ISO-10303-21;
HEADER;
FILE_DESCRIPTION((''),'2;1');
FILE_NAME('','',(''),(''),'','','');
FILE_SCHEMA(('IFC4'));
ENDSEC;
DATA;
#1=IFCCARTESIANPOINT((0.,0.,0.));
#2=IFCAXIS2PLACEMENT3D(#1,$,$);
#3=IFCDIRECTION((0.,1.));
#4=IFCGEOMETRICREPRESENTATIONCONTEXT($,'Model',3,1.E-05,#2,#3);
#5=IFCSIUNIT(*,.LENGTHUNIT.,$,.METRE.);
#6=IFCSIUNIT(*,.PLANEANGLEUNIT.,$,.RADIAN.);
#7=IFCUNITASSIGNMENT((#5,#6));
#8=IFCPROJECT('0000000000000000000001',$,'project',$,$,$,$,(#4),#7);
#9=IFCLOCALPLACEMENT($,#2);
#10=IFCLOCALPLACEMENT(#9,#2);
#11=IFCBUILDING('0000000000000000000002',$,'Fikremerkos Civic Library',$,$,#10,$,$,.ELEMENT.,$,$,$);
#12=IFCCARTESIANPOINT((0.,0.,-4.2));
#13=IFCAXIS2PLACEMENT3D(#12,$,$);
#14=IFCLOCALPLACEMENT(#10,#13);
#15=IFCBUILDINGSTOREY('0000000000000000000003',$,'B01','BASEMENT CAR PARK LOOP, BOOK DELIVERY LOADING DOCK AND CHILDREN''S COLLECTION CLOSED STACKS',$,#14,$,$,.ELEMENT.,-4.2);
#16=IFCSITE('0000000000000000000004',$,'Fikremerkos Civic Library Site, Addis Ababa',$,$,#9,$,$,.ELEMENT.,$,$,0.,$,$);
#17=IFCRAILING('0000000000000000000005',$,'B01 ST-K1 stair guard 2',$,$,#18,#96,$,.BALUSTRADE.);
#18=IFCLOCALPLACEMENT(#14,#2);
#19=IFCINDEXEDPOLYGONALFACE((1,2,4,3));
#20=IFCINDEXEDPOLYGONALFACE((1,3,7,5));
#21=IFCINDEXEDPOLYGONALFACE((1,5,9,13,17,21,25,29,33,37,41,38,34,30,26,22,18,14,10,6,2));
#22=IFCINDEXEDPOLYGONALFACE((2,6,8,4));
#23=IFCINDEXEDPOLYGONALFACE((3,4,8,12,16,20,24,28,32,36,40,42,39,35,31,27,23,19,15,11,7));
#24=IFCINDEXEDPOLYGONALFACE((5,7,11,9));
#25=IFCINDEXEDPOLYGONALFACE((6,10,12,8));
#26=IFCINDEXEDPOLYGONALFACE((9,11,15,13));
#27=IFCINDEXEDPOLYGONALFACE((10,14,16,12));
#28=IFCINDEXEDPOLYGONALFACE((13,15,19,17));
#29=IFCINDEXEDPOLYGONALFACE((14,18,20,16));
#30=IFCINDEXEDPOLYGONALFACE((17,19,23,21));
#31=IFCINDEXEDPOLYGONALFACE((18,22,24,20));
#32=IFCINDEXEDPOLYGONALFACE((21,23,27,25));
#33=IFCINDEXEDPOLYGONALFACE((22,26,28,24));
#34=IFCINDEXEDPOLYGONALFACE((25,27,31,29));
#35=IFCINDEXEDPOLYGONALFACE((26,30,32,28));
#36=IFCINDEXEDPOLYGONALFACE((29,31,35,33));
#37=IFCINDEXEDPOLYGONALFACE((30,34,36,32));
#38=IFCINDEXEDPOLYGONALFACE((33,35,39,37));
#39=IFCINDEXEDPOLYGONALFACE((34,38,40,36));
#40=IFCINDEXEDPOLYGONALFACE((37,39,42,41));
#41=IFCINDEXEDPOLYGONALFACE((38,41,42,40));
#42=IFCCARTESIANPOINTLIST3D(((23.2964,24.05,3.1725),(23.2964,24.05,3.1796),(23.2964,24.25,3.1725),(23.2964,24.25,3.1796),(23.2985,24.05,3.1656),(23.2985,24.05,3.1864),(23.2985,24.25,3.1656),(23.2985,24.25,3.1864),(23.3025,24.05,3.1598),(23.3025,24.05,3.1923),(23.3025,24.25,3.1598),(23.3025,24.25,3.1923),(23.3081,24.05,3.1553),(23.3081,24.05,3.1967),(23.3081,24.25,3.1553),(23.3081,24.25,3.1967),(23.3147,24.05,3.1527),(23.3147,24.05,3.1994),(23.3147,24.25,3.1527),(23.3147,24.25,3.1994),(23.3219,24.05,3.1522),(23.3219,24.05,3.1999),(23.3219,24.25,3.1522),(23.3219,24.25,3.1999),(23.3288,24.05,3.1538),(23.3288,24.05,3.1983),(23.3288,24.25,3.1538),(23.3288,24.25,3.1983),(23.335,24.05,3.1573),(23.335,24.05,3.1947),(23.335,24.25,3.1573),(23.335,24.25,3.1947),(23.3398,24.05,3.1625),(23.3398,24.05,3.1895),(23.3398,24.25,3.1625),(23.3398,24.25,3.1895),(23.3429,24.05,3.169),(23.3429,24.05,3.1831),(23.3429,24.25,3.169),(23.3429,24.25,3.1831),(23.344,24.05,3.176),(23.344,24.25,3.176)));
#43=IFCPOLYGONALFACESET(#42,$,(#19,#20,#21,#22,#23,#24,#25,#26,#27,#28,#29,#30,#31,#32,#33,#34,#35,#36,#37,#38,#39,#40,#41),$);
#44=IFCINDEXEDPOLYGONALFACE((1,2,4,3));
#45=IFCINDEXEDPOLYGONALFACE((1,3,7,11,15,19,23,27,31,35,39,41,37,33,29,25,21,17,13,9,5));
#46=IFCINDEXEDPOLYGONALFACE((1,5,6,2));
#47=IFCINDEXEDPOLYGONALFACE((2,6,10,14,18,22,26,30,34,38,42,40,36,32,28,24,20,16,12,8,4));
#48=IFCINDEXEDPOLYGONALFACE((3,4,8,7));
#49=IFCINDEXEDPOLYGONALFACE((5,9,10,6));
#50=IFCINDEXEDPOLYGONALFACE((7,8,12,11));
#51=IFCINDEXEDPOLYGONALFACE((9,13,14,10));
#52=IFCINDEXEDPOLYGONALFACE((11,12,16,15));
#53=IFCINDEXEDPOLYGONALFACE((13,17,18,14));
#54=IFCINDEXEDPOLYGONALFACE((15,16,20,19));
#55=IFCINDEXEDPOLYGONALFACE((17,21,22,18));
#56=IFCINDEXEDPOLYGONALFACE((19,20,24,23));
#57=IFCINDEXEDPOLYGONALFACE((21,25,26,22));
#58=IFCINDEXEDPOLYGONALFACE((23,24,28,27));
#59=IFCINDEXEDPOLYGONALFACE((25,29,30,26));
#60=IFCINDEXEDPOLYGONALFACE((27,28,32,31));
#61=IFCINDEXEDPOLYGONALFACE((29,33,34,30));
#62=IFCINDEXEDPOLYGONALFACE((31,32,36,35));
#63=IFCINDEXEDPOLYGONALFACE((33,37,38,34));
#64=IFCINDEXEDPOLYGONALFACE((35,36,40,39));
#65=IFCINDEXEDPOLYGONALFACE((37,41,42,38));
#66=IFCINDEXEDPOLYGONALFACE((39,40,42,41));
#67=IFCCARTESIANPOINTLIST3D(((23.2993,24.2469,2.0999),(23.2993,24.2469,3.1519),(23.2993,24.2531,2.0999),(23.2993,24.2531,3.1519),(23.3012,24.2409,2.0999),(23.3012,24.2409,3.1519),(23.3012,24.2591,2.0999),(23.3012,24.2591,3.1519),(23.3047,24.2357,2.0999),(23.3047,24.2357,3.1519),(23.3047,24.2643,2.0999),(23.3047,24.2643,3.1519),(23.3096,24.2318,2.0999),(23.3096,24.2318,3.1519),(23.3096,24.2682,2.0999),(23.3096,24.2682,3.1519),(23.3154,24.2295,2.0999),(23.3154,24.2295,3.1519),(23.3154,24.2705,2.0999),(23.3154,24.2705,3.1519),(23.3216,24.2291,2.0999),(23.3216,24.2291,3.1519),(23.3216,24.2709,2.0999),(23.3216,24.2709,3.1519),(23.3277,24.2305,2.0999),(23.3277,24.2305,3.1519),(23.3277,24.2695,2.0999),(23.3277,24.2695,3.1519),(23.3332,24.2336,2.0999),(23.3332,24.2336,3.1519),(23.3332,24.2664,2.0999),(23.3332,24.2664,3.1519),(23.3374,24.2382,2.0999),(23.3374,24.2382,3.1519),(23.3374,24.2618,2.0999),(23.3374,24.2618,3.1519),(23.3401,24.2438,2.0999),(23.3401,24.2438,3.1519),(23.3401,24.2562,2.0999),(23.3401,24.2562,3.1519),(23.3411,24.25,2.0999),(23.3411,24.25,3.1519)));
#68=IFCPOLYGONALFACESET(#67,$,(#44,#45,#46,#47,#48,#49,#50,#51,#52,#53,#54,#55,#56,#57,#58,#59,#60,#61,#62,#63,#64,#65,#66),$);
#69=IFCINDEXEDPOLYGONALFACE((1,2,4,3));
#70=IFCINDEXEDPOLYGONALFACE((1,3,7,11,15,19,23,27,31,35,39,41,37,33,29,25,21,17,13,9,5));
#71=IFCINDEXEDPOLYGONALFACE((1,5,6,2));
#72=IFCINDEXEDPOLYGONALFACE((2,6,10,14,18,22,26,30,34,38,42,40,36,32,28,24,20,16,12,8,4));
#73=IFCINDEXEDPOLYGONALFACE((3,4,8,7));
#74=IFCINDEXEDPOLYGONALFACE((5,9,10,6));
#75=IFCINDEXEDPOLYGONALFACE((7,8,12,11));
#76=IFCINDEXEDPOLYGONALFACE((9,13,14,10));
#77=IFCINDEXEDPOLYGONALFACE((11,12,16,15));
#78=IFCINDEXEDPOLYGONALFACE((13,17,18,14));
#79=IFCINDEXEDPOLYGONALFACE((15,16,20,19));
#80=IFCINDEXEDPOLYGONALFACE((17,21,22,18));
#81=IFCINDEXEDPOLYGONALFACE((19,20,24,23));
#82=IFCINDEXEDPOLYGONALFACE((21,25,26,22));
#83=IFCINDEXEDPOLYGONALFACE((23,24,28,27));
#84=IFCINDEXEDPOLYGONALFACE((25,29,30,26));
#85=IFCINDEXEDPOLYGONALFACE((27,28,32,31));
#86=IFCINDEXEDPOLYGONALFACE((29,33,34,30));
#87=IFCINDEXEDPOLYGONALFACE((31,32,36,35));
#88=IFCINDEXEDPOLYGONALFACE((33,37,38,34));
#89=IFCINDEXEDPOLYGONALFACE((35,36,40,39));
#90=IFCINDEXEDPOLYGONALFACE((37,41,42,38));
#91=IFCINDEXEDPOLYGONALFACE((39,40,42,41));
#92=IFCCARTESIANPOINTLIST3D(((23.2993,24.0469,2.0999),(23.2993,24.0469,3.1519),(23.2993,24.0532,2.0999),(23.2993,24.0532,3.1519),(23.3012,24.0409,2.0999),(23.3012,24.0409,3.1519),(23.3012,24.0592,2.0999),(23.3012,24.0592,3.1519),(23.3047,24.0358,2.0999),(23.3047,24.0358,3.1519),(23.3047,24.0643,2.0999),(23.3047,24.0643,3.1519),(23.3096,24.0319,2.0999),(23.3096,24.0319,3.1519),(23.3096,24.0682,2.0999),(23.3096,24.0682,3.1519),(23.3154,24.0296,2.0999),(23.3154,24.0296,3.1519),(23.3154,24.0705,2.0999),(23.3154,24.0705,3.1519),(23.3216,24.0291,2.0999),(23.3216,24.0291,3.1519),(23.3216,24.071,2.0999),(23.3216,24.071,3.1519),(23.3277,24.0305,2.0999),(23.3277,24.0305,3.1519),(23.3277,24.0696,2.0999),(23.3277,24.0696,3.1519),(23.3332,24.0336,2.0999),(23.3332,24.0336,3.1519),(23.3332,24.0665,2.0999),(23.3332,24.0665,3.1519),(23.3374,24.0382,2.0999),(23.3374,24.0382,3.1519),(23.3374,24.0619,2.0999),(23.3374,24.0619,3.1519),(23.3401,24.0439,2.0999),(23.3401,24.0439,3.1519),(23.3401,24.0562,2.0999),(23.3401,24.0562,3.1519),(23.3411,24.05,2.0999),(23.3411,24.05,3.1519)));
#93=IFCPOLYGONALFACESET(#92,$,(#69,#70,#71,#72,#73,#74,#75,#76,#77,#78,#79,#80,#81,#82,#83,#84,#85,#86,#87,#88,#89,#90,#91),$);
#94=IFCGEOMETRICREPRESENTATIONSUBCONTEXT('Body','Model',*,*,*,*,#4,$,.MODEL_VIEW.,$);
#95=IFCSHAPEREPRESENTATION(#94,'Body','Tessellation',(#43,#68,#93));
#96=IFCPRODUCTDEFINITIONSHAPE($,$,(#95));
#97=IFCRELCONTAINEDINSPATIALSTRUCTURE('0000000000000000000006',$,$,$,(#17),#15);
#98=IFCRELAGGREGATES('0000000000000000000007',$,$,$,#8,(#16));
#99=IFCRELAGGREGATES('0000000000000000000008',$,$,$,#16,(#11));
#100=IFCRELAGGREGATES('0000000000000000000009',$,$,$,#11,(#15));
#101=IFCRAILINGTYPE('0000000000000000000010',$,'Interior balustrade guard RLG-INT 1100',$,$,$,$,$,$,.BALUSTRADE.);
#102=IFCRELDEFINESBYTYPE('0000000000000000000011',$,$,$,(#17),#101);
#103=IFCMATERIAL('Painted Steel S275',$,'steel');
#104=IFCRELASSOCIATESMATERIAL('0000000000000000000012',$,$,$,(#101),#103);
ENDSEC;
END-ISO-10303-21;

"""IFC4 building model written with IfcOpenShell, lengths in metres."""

from ifc_helpers import new_model, si_unit, direction, frame, origin, origin_2d, place, context, subcontext, project, spatial, circle, extrude, material, type_object, element, save


model = new_model("IFC4")

# Units and contexts
model_context = context("Model", 3, precision=1e-05, world=origin(), true_north=direction((0.0, 1.0)))
body_context = subcontext(model_context, "Body", "Model", "MODEL_VIEW")
ifc_project = project(units=[si_unit("LENGTHUNIT", "METRE"), si_unit("PLANEANGLEUNIT", "RADIAN")], contexts=[model_context])

# Site, building, storey
site_placement = place(None, origin())
site = spatial("IfcSite", under=ifc_project, at=site_placement, Name="Fikremerkos Civic Library Site, Addis Ababa", CompositionType="ELEMENT", RefElevation=0.0)
building_placement = place(site_placement, origin())
building = spatial("IfcBuilding", under=site, at=building_placement, Name="Fikremerkos Civic Library", CompositionType="ELEMENT")
storey_placement = place(building_placement, frame((0.0, 0.0, -4.2)))
storey = spatial("IfcBuildingStorey", under=building, at=storey_placement, Name="B01", Description="BASEMENT CAR PARK LOOP, BOOK DELIVERY LOADING DOCK AND CHILDREN'S COLLECTION CLOSED STACKS", CompositionType="ELEMENT", Elevation=-4.2)

# Railing
ifc_material_1 = material(Name="Painted Steel S275", Category="steel")
railing_type_1 = type_object("IfcRailingType", Name="Interior balustrade guard RLG-INT 1100", PredefinedType="BALUSTRADE", material=ifc_material_1)
railing_1_placement = place(storey_placement, frame((23.3201, 24.25, 2.0999)))
element("IfcRailing", 1, at=railing_1_placement, inside=storey, type_object=railing_type_1, Name="B01 ST-K1 stair guard 2", PredefinedType="BALUSTRADE", context=body_context, shape_type="SweptSolid", body=[
    extrude(circle(Radius=0.0239, at=origin_2d()), frame((0.0, 0.0, 1.0762), z_axis=(0.0, -1.0, 0.0), x_axis=(1.0, 0.0, 0.0)), (0.0, 0.0, 1.0), 0.2),
    extrude(circle(Radius=0.021, at=origin_2d()), origin(), (0.0, 0.0, 1.0), 1.052),
    extrude(circle(Radius=0.021, at=origin_2d()), frame((0.0, -0.2, 0.0)), (0.0, 0.0, 1.0), 1.052),
])

save(model, "model.ifc")
